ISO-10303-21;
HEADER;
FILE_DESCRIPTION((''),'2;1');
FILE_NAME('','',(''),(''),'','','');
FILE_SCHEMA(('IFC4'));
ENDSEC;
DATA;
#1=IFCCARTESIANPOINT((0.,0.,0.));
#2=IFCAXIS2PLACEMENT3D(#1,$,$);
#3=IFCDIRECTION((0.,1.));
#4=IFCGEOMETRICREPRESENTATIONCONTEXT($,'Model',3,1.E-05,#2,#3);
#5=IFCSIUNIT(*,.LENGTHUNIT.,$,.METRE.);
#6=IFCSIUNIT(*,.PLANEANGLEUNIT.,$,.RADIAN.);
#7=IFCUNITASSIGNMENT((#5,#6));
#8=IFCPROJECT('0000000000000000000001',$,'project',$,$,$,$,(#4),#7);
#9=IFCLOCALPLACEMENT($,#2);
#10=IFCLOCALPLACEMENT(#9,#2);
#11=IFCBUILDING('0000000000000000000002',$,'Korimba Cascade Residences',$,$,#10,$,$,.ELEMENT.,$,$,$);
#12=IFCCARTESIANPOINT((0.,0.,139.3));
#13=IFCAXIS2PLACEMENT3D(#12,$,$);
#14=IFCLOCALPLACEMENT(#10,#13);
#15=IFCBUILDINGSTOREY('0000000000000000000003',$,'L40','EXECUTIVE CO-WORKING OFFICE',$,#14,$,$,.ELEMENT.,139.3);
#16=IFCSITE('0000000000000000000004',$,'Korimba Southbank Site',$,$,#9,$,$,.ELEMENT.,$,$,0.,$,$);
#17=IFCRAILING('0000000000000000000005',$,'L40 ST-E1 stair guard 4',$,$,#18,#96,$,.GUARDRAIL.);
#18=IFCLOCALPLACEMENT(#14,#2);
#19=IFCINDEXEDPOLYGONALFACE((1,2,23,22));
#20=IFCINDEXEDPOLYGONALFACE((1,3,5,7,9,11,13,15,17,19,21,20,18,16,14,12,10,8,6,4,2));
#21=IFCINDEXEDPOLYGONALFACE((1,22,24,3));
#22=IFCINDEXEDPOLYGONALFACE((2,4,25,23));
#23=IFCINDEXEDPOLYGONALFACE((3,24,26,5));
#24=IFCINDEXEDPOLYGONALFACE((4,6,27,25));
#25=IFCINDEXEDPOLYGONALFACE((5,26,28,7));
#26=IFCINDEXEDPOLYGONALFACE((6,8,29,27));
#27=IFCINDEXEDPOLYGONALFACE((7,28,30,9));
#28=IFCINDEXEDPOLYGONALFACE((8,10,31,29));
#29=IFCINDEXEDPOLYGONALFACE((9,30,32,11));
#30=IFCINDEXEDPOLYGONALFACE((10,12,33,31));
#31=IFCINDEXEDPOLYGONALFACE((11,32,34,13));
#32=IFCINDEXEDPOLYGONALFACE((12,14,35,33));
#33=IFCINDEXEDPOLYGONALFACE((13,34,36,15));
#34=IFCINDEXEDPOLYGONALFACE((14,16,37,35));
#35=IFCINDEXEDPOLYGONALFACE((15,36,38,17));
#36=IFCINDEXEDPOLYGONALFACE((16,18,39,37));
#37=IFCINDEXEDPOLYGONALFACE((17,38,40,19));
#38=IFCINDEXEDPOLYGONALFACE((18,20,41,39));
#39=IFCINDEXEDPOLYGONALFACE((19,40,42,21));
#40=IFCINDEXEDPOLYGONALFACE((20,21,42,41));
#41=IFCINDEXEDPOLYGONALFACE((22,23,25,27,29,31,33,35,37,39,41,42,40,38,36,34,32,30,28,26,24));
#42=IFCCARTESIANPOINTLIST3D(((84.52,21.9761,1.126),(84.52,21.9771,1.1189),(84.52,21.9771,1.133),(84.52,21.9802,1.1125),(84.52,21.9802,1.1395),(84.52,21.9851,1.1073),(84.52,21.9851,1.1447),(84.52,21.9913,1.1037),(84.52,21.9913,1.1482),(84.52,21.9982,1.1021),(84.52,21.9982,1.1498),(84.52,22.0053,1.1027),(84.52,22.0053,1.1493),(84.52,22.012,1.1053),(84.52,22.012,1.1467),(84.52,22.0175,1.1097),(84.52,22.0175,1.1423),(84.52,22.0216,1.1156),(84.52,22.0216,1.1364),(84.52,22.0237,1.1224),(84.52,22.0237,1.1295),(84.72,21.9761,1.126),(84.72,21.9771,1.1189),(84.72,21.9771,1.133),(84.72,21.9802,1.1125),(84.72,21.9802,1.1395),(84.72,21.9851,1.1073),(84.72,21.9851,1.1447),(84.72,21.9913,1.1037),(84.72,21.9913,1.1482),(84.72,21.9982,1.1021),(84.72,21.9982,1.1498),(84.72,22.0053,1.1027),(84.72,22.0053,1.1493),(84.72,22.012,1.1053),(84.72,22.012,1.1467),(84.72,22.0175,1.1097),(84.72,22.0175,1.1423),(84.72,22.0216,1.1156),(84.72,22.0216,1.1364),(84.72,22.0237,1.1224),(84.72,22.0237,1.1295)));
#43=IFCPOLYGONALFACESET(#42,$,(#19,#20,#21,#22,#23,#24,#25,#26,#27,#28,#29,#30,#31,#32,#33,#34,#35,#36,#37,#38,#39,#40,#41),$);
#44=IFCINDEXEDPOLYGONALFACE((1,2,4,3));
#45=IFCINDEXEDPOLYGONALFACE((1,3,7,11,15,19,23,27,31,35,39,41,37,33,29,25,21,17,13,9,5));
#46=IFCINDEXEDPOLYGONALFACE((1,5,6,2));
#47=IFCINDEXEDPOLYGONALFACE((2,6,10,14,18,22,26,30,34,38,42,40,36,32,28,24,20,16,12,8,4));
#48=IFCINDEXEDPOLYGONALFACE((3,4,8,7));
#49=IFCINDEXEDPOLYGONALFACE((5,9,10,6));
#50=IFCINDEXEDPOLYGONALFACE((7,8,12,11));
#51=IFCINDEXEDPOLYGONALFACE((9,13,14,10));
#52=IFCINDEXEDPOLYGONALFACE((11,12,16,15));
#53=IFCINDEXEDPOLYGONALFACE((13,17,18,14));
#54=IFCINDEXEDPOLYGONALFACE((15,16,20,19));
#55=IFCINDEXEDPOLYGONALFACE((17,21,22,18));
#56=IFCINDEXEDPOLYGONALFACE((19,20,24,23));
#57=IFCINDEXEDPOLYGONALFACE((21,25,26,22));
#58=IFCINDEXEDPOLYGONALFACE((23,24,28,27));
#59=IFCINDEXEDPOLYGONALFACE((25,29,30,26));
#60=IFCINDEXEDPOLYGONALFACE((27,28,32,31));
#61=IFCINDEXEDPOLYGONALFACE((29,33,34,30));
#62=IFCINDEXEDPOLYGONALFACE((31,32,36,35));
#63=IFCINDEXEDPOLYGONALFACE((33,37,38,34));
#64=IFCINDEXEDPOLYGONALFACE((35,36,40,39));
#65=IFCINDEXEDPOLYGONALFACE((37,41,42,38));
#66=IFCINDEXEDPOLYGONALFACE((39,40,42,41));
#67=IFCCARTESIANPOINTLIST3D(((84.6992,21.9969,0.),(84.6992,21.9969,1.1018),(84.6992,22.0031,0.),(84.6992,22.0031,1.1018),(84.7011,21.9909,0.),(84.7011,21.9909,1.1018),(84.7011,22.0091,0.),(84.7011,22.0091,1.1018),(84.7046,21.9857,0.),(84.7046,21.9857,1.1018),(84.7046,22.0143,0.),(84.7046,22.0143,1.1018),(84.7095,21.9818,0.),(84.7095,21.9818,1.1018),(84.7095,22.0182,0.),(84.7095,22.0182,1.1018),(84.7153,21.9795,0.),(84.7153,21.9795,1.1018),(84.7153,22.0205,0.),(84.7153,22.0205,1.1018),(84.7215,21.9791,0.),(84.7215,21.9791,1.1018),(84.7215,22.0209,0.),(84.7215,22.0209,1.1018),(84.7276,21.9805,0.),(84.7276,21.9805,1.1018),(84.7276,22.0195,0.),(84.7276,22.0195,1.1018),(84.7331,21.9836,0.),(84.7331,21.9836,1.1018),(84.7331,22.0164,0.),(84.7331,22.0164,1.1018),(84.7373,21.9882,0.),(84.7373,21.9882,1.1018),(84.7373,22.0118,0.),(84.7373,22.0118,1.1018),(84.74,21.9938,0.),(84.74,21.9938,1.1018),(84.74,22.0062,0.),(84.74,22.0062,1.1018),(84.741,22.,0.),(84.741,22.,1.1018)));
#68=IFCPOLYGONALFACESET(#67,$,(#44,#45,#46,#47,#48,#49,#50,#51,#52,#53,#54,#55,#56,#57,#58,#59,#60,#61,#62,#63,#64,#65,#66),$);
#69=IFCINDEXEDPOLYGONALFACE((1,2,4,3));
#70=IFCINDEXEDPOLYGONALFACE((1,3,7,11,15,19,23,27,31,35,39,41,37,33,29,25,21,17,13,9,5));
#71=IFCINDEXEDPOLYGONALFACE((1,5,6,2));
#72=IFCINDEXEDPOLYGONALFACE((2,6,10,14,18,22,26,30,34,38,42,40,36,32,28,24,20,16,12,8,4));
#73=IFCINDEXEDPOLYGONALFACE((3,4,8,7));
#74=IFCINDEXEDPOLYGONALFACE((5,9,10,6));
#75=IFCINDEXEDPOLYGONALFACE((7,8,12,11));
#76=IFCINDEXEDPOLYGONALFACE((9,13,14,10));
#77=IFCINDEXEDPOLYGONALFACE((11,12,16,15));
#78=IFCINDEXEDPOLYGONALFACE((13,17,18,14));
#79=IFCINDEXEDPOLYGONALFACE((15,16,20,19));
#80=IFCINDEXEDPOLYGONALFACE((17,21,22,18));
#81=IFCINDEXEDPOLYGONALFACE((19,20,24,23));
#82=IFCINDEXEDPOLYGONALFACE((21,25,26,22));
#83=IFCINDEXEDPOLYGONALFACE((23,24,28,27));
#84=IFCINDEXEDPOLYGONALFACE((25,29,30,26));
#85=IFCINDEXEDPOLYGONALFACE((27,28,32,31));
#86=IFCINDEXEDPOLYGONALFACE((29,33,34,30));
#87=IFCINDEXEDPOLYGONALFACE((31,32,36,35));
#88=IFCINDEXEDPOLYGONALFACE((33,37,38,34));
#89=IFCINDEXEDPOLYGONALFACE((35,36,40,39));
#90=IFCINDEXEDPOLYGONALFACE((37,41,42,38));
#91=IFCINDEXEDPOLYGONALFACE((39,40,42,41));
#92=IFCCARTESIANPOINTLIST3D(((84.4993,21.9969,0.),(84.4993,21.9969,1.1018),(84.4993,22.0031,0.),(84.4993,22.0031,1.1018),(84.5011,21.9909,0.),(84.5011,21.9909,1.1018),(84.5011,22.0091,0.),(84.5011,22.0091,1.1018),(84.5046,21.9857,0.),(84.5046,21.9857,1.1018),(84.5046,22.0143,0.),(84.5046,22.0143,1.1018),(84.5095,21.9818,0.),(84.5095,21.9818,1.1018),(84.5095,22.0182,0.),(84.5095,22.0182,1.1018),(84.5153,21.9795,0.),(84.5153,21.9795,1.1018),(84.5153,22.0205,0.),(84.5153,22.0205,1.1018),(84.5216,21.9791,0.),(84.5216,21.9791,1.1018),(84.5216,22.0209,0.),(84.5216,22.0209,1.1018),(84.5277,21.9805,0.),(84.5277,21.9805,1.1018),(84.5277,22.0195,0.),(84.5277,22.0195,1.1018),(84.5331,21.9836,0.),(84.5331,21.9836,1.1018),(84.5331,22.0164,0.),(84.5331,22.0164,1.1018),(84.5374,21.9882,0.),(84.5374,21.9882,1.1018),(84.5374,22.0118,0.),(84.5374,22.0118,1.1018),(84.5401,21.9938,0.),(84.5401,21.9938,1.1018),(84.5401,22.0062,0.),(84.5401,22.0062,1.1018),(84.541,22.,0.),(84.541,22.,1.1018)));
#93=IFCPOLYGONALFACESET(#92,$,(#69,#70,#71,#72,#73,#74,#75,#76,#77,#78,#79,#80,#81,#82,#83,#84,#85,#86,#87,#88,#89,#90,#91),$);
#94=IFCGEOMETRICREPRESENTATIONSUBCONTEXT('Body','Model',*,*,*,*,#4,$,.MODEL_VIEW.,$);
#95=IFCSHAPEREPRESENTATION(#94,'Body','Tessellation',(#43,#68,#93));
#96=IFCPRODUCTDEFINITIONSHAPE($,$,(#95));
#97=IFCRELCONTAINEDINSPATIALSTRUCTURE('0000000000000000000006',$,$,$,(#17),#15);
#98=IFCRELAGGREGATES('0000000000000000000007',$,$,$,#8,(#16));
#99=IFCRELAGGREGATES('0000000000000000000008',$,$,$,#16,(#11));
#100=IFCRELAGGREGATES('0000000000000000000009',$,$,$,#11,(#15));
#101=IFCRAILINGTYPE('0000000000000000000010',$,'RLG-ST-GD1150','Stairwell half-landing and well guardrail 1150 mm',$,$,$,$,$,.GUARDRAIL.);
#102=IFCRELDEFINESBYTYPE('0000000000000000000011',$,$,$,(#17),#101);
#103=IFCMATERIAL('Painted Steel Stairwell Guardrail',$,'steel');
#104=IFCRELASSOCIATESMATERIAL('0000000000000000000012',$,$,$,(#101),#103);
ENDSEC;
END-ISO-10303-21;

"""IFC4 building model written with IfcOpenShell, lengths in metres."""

from ifc_helpers import new_model, si_unit, direction, frame, origin, origin_2d, place, context, subcontext, project, spatial, circle, extrude, material, type_object, element, save


model = new_model("IFC4")

# Units and contexts
model_context = context("Model", 3, precision=1e-05, world=origin(), true_north=direction((0.0, 1.0)))
body_context = subcontext(model_context, "Body", "Model", "MODEL_VIEW")
ifc_project = project(units=[si_unit("LENGTHUNIT", "METRE"), si_unit("PLANEANGLEUNIT", "RADIAN")], contexts=[model_context])

# Site, building, storey
site_placement = place(None, origin())
site = spatial("IfcSite", under=ifc_project, at=site_placement, Name="Korimba Southbank Site", CompositionType="ELEMENT", RefElevation=0.0)
building_placement = place(site_placement, origin())
building = spatial("IfcBuilding", under=site, at=building_placement, Name="Korimba Cascade Residences", CompositionType="ELEMENT")
storey_placement = place(building_placement, frame((0.0, 0.0, 139.3)))
storey = spatial("IfcBuildingStorey", under=building, at=storey_placement, Name="L40", Description="EXECUTIVE CO-WORKING OFFICE", CompositionType="ELEMENT", Elevation=139.3)

# Railing
ifc_material_1 = material(Name="Painted Steel Stairwell Guardrail", Category="steel")
railing_type_1 = type_object("IfcRailingType", Name="RLG-ST-GD1150", Description="Stairwell half-landing and well guardrail 1150 mm", PredefinedType="GUARDRAIL", material=ifc_material_1)
railing_1_placement = place(storey_placement, frame((84.72, 22.0, 0.0)))
element("IfcRailing", 1, at=railing_1_placement, inside=storey, type_object=railing_type_1, Name="L40 ST-E1 stair guard 4", PredefinedType="GUARDRAIL", context=body_context, shape_type="SweptSolid", body=[
    extrude(circle(Radius=0.0239, at=origin_2d()), frame((0.0, 0.0, 1.126), z_axis=(-1.0, 0.0, 0.0), x_axis=(0.0, -1.0, 0.0)), (0.0, 0.0, 1.0), 0.2),
    extrude(circle(Radius=0.021, at=origin_2d()), origin(), (0.0, 0.0, 1.0), 1.1018),
    extrude(circle(Radius=0.021, at=origin_2d()), frame((-0.2, 0.0, 0.0)), (0.0, 0.0, 1.0), 1.1018),
])

save(model, "model.ifc")
